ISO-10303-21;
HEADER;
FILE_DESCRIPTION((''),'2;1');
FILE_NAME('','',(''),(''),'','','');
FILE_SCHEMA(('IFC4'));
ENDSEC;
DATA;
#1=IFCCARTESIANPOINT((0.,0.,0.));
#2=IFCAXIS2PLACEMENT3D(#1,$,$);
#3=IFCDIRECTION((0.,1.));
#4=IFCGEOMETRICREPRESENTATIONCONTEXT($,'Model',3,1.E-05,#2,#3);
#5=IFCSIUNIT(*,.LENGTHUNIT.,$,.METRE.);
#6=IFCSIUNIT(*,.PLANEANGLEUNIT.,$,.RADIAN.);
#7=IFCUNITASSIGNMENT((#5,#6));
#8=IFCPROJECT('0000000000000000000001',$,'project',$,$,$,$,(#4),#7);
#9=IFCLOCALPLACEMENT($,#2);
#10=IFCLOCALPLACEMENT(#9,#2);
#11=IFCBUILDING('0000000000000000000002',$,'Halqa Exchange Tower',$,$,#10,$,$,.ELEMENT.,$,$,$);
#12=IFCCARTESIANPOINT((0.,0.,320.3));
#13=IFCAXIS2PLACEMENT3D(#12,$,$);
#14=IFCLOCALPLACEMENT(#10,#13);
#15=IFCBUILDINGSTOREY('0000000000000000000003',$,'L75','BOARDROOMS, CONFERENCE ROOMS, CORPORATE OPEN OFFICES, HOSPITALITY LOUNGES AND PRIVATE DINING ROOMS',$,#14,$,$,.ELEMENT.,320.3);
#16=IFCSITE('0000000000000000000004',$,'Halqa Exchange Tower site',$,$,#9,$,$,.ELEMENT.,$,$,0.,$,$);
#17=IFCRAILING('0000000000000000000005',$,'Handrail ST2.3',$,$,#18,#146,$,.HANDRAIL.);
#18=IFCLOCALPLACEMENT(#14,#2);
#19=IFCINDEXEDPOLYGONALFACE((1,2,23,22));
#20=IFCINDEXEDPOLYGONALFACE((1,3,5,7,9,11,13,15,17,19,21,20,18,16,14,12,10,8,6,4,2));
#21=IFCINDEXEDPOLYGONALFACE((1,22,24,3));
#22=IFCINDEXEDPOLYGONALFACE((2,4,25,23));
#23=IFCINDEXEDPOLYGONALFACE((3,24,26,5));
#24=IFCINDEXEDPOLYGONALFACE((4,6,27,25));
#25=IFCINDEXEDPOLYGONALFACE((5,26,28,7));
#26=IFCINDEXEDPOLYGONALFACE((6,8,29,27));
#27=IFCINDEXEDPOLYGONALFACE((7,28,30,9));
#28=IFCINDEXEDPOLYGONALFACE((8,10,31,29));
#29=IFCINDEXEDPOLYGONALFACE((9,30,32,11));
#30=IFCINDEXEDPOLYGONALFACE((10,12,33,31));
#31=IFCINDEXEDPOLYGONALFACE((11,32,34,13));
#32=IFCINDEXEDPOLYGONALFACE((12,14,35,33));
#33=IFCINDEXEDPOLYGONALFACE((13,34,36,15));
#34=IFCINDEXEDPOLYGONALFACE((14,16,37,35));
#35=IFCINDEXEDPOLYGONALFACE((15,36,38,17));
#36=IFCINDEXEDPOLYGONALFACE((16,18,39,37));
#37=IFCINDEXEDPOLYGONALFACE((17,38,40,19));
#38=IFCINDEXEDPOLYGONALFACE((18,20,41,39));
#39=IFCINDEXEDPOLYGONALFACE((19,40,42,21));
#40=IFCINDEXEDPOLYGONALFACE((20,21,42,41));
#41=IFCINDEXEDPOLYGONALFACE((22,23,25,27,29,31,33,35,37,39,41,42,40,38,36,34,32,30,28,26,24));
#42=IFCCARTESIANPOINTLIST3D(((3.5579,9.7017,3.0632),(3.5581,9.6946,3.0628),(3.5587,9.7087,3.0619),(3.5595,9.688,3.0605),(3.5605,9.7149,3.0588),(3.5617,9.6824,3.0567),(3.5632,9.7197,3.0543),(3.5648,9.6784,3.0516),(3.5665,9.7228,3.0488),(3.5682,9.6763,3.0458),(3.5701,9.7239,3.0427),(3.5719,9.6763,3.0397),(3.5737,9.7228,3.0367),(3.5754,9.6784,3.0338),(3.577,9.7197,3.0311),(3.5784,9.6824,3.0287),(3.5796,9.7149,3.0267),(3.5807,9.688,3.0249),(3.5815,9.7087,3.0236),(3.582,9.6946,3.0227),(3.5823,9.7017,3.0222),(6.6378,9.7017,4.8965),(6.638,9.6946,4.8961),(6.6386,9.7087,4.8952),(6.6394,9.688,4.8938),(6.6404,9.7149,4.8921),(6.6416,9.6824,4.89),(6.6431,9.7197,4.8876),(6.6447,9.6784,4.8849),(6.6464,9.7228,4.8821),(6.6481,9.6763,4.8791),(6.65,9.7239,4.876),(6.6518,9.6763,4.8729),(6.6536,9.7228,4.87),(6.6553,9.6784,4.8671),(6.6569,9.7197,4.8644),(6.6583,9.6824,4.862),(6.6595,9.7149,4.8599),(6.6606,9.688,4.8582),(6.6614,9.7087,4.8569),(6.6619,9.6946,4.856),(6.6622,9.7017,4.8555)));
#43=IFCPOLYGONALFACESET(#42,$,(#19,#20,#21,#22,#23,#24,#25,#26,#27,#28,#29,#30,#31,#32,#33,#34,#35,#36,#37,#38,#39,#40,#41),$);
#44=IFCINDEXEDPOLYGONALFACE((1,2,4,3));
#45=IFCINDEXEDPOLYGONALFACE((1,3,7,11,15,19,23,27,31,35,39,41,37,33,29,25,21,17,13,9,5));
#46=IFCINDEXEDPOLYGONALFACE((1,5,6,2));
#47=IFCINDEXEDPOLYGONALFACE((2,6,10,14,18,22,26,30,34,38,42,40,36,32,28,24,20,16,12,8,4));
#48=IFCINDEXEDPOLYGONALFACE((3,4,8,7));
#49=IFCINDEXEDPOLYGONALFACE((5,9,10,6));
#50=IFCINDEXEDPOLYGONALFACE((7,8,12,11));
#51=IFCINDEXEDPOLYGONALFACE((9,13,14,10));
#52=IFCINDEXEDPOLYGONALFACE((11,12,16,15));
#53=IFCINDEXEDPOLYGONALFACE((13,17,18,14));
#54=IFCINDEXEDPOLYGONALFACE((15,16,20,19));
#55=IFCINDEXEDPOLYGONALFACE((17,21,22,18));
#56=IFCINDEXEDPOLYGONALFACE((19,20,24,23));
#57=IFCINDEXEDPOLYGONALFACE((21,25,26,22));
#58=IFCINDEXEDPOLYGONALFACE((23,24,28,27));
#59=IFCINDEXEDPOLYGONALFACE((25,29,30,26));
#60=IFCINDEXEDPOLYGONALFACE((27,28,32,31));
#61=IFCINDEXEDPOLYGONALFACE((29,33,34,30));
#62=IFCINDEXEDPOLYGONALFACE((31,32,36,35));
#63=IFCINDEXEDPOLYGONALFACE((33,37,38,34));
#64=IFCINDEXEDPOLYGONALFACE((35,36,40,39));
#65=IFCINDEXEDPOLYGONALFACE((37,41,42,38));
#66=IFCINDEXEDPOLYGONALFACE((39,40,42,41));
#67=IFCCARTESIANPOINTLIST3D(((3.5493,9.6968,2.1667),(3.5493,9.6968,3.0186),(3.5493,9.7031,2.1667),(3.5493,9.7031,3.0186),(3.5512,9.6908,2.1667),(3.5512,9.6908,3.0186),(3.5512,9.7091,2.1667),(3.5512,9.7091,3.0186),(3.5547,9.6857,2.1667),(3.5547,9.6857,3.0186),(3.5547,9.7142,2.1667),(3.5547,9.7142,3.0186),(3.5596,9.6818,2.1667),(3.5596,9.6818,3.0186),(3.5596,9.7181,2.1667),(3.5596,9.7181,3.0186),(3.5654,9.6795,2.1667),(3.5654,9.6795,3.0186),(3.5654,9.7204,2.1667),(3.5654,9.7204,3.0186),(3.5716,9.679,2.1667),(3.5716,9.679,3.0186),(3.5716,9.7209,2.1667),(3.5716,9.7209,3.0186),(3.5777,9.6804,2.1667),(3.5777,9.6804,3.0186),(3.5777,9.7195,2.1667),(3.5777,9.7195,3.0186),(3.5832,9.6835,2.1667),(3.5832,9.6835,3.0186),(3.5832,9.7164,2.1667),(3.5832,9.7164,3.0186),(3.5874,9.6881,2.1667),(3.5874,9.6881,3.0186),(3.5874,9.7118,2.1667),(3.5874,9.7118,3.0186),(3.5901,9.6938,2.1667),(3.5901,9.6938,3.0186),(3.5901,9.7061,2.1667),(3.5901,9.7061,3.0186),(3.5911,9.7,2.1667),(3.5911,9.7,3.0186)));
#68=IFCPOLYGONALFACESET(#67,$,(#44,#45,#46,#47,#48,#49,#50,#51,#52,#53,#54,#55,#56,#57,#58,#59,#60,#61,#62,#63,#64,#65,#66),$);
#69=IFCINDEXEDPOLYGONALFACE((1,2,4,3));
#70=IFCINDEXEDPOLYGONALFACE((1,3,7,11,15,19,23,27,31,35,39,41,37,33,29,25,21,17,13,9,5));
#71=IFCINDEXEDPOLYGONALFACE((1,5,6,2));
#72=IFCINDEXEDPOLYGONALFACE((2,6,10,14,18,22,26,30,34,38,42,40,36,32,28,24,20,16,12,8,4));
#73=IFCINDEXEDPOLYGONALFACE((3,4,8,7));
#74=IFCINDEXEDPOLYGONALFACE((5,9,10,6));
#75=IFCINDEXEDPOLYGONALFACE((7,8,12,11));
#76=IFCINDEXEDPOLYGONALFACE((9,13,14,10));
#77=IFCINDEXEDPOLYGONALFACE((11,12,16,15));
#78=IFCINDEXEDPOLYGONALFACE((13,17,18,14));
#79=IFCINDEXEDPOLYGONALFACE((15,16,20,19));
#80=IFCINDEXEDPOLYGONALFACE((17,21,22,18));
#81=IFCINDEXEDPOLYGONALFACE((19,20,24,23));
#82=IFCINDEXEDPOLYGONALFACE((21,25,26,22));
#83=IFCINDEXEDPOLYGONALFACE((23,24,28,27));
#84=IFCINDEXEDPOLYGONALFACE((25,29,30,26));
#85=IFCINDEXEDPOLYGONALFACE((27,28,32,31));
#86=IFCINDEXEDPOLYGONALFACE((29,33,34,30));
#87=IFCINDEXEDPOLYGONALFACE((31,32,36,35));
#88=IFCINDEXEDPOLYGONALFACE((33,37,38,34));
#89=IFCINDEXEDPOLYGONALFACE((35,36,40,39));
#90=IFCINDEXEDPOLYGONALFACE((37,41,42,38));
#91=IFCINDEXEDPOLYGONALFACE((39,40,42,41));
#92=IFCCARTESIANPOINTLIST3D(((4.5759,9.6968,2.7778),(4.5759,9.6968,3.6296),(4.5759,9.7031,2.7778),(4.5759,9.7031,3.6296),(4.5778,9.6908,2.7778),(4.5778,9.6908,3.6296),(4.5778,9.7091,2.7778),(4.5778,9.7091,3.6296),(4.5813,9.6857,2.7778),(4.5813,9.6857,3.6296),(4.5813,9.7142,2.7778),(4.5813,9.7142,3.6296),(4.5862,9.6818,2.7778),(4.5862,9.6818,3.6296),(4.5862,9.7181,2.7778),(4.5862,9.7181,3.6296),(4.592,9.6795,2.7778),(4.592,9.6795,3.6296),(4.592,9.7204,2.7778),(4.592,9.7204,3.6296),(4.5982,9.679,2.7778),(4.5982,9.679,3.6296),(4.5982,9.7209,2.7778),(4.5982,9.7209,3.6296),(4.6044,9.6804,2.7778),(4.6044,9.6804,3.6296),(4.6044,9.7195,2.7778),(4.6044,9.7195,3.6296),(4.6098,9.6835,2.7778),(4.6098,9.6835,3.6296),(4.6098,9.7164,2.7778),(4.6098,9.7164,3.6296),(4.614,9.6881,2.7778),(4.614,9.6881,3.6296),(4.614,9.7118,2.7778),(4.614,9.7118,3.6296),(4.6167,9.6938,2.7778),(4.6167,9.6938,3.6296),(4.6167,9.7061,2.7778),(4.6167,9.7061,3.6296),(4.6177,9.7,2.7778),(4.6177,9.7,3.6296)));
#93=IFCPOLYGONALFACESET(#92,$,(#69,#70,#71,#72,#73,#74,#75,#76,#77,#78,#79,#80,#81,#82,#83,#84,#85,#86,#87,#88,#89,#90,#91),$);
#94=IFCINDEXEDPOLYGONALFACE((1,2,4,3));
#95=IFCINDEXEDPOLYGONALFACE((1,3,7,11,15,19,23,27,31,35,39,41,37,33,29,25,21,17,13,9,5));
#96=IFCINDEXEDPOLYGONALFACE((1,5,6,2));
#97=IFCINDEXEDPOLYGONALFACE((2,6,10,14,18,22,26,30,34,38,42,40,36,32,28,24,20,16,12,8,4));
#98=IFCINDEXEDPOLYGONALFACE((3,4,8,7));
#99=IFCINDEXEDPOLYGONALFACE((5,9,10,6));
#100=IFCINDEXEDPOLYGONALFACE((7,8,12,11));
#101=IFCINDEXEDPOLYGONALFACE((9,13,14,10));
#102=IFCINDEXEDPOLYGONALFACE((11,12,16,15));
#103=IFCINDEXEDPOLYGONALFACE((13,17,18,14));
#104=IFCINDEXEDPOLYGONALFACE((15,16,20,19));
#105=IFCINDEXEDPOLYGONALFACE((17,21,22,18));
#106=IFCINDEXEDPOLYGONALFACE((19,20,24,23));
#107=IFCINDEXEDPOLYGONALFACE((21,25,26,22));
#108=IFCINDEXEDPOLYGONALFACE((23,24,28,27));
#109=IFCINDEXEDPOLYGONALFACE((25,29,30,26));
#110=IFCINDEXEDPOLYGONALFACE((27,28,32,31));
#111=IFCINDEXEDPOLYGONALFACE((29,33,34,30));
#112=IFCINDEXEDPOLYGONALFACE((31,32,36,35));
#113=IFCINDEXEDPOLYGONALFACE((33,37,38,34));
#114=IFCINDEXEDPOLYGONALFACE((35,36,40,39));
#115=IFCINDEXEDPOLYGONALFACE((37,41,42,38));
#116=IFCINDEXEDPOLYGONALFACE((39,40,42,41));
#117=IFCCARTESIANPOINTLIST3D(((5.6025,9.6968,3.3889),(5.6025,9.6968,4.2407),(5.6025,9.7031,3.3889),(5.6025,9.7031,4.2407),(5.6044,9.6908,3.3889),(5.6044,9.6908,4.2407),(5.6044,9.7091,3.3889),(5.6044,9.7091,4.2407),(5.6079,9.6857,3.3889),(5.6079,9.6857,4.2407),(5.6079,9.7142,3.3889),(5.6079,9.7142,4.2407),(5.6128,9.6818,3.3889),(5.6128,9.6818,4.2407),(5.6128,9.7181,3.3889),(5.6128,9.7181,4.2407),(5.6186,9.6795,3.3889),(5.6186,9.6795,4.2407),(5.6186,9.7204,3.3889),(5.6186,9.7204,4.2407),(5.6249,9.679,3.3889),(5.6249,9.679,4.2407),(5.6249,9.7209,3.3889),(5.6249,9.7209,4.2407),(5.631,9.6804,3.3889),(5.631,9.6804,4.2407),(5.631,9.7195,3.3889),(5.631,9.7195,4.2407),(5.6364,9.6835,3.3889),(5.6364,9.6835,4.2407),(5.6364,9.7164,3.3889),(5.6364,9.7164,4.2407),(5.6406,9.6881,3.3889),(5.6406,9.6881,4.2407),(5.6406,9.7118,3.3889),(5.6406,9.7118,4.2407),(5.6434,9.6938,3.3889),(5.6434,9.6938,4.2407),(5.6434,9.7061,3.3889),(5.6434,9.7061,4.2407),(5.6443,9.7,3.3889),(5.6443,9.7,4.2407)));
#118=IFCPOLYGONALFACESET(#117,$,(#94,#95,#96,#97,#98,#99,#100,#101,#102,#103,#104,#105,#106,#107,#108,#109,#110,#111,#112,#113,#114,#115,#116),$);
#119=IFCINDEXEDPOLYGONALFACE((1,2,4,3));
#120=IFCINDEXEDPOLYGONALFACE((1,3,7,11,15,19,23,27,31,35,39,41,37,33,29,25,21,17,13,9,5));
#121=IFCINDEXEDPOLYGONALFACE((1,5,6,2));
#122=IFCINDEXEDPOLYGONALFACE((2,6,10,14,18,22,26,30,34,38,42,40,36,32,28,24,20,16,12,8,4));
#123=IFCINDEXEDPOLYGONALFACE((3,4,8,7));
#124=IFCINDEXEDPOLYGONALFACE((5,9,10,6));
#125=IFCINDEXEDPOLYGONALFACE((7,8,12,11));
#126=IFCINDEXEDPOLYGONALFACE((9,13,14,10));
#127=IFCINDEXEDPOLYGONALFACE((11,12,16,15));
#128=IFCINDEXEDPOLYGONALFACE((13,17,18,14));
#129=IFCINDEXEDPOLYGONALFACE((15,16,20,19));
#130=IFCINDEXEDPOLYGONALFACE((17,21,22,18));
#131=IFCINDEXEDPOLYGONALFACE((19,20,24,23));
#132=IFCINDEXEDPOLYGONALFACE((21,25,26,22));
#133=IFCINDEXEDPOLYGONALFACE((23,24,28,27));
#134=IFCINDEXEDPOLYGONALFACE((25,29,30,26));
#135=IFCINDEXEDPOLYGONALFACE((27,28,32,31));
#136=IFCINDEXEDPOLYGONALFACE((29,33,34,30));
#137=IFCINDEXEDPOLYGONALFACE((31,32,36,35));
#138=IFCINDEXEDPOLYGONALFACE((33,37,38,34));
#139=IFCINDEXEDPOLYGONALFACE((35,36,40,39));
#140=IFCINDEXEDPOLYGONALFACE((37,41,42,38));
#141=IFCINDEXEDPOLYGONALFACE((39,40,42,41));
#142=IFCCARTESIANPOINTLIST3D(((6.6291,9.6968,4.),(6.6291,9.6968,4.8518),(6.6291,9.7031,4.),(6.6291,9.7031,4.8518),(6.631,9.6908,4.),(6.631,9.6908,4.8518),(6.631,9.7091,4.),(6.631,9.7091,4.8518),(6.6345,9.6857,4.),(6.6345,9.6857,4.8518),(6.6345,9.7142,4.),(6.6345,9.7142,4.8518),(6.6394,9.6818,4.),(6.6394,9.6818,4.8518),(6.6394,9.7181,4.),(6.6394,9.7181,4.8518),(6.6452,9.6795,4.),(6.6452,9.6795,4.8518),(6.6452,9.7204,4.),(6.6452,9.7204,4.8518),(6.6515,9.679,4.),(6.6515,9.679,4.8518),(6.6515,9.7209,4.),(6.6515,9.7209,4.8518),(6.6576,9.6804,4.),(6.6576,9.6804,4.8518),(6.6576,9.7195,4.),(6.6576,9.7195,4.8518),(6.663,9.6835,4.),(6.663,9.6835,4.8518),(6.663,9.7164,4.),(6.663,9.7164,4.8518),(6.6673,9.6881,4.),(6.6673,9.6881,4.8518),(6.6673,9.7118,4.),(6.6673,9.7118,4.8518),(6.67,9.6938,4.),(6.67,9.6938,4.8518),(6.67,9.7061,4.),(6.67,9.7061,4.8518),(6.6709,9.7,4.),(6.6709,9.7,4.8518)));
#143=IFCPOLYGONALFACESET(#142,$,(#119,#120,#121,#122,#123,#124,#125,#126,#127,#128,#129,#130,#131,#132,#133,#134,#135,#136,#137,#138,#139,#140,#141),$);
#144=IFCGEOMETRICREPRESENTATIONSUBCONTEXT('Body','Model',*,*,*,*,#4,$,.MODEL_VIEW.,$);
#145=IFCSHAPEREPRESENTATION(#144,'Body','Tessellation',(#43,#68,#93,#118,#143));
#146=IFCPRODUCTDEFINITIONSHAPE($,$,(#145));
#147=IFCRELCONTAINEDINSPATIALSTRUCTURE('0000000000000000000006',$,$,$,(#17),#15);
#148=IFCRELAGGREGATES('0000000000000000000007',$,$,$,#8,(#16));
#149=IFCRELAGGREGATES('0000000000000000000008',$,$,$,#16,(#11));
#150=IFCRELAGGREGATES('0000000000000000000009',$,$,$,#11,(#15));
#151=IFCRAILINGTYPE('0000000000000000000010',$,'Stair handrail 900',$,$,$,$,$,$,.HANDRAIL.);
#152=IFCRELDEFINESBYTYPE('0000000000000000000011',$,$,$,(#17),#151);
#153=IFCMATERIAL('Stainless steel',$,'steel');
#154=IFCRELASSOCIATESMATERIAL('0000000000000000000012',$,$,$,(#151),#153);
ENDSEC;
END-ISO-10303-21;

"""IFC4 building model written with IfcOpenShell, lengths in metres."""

from ifc_helpers import new_model, si_unit, direction, frame, origin, origin_2d, place, context, subcontext, project, spatial, circle, extrude, material, type_object, element, save


model = new_model("IFC4")

# Units and contexts
model_context = context("Model", 3, precision=1e-05, world=origin(), true_north=direction((0.0, 1.0)))
body_context = subcontext(model_context, "Body", "Model", "MODEL_VIEW")
ifc_project = project(units=[si_unit("LENGTHUNIT", "METRE"), si_unit("PLANEANGLEUNIT", "RADIAN")], contexts=[model_context])

# Site, building, storey
site_placement = place(None, origin())
site = spatial("IfcSite", under=ifc_project, at=site_placement, Name="Halqa Exchange Tower site", CompositionType="ELEMENT", RefElevation=0.0)
building_placement = place(site_placement, origin())
building = spatial("IfcBuilding", under=site, at=building_placement, Name="Halqa Exchange Tower", CompositionType="ELEMENT")
storey_placement = place(building_placement, frame((0.0, 0.0, 320.3)))
storey = spatial("IfcBuildingStorey", under=building, at=storey_placement, Name="L75", Description="BOARDROOMS, CONFERENCE ROOMS, CORPORATE OPEN OFFICES, HOSPITALITY LOUNGES AND PRIVATE DINING ROOMS", CompositionType="ELEMENT", Elevation=320.3)

# Railing
ifc_material_1 = material(Name="Stainless steel", Category="steel")
railing_type_1 = type_object("IfcRailingType", Name="Stair handrail 900", PredefinedType="HANDRAIL", material=ifc_material_1)
railing_1_placement = place(storey_placement, frame((3.5701, 9.7, 2.1667)))
element("IfcRailing", 1, at=railing_1_placement, inside=storey, type_object=railing_type_1, Name="Handrail ST2.3", PredefinedType="HANDRAIL", context=body_context, shape_type="SweptSolid", body=[
    extrude(circle(Radius=0.0239, at=origin_2d()), frame((0.0, 0.0, 0.876), z_axis=(0.859291, 0.0, 0.511487), x_axis=(0.0, 1.0, 0.0)), (0.0, 0.0, 1.0), 3.5842),
    extrude(circle(Radius=0.021, at=origin_2d()), origin(), (0.0, 0.0, 1.0), 0.8518),
    extrude(circle(Radius=0.021, at=origin_2d()), frame((1.0266, 0.0, 0.6111)), (0.0, 0.0, 1.0), 0.8518),
    extrude(circle(Radius=0.021, at=origin_2d()), frame((2.0532, 0.0, 1.2222)), (0.0, 0.0, 1.0), 0.8518),
    extrude(circle(Radius=0.021, at=origin_2d()), frame((3.0798, 0.0, 1.8333)), (0.0, 0.0, 1.0), 0.8518),
])

save(model, "model.ifc")
